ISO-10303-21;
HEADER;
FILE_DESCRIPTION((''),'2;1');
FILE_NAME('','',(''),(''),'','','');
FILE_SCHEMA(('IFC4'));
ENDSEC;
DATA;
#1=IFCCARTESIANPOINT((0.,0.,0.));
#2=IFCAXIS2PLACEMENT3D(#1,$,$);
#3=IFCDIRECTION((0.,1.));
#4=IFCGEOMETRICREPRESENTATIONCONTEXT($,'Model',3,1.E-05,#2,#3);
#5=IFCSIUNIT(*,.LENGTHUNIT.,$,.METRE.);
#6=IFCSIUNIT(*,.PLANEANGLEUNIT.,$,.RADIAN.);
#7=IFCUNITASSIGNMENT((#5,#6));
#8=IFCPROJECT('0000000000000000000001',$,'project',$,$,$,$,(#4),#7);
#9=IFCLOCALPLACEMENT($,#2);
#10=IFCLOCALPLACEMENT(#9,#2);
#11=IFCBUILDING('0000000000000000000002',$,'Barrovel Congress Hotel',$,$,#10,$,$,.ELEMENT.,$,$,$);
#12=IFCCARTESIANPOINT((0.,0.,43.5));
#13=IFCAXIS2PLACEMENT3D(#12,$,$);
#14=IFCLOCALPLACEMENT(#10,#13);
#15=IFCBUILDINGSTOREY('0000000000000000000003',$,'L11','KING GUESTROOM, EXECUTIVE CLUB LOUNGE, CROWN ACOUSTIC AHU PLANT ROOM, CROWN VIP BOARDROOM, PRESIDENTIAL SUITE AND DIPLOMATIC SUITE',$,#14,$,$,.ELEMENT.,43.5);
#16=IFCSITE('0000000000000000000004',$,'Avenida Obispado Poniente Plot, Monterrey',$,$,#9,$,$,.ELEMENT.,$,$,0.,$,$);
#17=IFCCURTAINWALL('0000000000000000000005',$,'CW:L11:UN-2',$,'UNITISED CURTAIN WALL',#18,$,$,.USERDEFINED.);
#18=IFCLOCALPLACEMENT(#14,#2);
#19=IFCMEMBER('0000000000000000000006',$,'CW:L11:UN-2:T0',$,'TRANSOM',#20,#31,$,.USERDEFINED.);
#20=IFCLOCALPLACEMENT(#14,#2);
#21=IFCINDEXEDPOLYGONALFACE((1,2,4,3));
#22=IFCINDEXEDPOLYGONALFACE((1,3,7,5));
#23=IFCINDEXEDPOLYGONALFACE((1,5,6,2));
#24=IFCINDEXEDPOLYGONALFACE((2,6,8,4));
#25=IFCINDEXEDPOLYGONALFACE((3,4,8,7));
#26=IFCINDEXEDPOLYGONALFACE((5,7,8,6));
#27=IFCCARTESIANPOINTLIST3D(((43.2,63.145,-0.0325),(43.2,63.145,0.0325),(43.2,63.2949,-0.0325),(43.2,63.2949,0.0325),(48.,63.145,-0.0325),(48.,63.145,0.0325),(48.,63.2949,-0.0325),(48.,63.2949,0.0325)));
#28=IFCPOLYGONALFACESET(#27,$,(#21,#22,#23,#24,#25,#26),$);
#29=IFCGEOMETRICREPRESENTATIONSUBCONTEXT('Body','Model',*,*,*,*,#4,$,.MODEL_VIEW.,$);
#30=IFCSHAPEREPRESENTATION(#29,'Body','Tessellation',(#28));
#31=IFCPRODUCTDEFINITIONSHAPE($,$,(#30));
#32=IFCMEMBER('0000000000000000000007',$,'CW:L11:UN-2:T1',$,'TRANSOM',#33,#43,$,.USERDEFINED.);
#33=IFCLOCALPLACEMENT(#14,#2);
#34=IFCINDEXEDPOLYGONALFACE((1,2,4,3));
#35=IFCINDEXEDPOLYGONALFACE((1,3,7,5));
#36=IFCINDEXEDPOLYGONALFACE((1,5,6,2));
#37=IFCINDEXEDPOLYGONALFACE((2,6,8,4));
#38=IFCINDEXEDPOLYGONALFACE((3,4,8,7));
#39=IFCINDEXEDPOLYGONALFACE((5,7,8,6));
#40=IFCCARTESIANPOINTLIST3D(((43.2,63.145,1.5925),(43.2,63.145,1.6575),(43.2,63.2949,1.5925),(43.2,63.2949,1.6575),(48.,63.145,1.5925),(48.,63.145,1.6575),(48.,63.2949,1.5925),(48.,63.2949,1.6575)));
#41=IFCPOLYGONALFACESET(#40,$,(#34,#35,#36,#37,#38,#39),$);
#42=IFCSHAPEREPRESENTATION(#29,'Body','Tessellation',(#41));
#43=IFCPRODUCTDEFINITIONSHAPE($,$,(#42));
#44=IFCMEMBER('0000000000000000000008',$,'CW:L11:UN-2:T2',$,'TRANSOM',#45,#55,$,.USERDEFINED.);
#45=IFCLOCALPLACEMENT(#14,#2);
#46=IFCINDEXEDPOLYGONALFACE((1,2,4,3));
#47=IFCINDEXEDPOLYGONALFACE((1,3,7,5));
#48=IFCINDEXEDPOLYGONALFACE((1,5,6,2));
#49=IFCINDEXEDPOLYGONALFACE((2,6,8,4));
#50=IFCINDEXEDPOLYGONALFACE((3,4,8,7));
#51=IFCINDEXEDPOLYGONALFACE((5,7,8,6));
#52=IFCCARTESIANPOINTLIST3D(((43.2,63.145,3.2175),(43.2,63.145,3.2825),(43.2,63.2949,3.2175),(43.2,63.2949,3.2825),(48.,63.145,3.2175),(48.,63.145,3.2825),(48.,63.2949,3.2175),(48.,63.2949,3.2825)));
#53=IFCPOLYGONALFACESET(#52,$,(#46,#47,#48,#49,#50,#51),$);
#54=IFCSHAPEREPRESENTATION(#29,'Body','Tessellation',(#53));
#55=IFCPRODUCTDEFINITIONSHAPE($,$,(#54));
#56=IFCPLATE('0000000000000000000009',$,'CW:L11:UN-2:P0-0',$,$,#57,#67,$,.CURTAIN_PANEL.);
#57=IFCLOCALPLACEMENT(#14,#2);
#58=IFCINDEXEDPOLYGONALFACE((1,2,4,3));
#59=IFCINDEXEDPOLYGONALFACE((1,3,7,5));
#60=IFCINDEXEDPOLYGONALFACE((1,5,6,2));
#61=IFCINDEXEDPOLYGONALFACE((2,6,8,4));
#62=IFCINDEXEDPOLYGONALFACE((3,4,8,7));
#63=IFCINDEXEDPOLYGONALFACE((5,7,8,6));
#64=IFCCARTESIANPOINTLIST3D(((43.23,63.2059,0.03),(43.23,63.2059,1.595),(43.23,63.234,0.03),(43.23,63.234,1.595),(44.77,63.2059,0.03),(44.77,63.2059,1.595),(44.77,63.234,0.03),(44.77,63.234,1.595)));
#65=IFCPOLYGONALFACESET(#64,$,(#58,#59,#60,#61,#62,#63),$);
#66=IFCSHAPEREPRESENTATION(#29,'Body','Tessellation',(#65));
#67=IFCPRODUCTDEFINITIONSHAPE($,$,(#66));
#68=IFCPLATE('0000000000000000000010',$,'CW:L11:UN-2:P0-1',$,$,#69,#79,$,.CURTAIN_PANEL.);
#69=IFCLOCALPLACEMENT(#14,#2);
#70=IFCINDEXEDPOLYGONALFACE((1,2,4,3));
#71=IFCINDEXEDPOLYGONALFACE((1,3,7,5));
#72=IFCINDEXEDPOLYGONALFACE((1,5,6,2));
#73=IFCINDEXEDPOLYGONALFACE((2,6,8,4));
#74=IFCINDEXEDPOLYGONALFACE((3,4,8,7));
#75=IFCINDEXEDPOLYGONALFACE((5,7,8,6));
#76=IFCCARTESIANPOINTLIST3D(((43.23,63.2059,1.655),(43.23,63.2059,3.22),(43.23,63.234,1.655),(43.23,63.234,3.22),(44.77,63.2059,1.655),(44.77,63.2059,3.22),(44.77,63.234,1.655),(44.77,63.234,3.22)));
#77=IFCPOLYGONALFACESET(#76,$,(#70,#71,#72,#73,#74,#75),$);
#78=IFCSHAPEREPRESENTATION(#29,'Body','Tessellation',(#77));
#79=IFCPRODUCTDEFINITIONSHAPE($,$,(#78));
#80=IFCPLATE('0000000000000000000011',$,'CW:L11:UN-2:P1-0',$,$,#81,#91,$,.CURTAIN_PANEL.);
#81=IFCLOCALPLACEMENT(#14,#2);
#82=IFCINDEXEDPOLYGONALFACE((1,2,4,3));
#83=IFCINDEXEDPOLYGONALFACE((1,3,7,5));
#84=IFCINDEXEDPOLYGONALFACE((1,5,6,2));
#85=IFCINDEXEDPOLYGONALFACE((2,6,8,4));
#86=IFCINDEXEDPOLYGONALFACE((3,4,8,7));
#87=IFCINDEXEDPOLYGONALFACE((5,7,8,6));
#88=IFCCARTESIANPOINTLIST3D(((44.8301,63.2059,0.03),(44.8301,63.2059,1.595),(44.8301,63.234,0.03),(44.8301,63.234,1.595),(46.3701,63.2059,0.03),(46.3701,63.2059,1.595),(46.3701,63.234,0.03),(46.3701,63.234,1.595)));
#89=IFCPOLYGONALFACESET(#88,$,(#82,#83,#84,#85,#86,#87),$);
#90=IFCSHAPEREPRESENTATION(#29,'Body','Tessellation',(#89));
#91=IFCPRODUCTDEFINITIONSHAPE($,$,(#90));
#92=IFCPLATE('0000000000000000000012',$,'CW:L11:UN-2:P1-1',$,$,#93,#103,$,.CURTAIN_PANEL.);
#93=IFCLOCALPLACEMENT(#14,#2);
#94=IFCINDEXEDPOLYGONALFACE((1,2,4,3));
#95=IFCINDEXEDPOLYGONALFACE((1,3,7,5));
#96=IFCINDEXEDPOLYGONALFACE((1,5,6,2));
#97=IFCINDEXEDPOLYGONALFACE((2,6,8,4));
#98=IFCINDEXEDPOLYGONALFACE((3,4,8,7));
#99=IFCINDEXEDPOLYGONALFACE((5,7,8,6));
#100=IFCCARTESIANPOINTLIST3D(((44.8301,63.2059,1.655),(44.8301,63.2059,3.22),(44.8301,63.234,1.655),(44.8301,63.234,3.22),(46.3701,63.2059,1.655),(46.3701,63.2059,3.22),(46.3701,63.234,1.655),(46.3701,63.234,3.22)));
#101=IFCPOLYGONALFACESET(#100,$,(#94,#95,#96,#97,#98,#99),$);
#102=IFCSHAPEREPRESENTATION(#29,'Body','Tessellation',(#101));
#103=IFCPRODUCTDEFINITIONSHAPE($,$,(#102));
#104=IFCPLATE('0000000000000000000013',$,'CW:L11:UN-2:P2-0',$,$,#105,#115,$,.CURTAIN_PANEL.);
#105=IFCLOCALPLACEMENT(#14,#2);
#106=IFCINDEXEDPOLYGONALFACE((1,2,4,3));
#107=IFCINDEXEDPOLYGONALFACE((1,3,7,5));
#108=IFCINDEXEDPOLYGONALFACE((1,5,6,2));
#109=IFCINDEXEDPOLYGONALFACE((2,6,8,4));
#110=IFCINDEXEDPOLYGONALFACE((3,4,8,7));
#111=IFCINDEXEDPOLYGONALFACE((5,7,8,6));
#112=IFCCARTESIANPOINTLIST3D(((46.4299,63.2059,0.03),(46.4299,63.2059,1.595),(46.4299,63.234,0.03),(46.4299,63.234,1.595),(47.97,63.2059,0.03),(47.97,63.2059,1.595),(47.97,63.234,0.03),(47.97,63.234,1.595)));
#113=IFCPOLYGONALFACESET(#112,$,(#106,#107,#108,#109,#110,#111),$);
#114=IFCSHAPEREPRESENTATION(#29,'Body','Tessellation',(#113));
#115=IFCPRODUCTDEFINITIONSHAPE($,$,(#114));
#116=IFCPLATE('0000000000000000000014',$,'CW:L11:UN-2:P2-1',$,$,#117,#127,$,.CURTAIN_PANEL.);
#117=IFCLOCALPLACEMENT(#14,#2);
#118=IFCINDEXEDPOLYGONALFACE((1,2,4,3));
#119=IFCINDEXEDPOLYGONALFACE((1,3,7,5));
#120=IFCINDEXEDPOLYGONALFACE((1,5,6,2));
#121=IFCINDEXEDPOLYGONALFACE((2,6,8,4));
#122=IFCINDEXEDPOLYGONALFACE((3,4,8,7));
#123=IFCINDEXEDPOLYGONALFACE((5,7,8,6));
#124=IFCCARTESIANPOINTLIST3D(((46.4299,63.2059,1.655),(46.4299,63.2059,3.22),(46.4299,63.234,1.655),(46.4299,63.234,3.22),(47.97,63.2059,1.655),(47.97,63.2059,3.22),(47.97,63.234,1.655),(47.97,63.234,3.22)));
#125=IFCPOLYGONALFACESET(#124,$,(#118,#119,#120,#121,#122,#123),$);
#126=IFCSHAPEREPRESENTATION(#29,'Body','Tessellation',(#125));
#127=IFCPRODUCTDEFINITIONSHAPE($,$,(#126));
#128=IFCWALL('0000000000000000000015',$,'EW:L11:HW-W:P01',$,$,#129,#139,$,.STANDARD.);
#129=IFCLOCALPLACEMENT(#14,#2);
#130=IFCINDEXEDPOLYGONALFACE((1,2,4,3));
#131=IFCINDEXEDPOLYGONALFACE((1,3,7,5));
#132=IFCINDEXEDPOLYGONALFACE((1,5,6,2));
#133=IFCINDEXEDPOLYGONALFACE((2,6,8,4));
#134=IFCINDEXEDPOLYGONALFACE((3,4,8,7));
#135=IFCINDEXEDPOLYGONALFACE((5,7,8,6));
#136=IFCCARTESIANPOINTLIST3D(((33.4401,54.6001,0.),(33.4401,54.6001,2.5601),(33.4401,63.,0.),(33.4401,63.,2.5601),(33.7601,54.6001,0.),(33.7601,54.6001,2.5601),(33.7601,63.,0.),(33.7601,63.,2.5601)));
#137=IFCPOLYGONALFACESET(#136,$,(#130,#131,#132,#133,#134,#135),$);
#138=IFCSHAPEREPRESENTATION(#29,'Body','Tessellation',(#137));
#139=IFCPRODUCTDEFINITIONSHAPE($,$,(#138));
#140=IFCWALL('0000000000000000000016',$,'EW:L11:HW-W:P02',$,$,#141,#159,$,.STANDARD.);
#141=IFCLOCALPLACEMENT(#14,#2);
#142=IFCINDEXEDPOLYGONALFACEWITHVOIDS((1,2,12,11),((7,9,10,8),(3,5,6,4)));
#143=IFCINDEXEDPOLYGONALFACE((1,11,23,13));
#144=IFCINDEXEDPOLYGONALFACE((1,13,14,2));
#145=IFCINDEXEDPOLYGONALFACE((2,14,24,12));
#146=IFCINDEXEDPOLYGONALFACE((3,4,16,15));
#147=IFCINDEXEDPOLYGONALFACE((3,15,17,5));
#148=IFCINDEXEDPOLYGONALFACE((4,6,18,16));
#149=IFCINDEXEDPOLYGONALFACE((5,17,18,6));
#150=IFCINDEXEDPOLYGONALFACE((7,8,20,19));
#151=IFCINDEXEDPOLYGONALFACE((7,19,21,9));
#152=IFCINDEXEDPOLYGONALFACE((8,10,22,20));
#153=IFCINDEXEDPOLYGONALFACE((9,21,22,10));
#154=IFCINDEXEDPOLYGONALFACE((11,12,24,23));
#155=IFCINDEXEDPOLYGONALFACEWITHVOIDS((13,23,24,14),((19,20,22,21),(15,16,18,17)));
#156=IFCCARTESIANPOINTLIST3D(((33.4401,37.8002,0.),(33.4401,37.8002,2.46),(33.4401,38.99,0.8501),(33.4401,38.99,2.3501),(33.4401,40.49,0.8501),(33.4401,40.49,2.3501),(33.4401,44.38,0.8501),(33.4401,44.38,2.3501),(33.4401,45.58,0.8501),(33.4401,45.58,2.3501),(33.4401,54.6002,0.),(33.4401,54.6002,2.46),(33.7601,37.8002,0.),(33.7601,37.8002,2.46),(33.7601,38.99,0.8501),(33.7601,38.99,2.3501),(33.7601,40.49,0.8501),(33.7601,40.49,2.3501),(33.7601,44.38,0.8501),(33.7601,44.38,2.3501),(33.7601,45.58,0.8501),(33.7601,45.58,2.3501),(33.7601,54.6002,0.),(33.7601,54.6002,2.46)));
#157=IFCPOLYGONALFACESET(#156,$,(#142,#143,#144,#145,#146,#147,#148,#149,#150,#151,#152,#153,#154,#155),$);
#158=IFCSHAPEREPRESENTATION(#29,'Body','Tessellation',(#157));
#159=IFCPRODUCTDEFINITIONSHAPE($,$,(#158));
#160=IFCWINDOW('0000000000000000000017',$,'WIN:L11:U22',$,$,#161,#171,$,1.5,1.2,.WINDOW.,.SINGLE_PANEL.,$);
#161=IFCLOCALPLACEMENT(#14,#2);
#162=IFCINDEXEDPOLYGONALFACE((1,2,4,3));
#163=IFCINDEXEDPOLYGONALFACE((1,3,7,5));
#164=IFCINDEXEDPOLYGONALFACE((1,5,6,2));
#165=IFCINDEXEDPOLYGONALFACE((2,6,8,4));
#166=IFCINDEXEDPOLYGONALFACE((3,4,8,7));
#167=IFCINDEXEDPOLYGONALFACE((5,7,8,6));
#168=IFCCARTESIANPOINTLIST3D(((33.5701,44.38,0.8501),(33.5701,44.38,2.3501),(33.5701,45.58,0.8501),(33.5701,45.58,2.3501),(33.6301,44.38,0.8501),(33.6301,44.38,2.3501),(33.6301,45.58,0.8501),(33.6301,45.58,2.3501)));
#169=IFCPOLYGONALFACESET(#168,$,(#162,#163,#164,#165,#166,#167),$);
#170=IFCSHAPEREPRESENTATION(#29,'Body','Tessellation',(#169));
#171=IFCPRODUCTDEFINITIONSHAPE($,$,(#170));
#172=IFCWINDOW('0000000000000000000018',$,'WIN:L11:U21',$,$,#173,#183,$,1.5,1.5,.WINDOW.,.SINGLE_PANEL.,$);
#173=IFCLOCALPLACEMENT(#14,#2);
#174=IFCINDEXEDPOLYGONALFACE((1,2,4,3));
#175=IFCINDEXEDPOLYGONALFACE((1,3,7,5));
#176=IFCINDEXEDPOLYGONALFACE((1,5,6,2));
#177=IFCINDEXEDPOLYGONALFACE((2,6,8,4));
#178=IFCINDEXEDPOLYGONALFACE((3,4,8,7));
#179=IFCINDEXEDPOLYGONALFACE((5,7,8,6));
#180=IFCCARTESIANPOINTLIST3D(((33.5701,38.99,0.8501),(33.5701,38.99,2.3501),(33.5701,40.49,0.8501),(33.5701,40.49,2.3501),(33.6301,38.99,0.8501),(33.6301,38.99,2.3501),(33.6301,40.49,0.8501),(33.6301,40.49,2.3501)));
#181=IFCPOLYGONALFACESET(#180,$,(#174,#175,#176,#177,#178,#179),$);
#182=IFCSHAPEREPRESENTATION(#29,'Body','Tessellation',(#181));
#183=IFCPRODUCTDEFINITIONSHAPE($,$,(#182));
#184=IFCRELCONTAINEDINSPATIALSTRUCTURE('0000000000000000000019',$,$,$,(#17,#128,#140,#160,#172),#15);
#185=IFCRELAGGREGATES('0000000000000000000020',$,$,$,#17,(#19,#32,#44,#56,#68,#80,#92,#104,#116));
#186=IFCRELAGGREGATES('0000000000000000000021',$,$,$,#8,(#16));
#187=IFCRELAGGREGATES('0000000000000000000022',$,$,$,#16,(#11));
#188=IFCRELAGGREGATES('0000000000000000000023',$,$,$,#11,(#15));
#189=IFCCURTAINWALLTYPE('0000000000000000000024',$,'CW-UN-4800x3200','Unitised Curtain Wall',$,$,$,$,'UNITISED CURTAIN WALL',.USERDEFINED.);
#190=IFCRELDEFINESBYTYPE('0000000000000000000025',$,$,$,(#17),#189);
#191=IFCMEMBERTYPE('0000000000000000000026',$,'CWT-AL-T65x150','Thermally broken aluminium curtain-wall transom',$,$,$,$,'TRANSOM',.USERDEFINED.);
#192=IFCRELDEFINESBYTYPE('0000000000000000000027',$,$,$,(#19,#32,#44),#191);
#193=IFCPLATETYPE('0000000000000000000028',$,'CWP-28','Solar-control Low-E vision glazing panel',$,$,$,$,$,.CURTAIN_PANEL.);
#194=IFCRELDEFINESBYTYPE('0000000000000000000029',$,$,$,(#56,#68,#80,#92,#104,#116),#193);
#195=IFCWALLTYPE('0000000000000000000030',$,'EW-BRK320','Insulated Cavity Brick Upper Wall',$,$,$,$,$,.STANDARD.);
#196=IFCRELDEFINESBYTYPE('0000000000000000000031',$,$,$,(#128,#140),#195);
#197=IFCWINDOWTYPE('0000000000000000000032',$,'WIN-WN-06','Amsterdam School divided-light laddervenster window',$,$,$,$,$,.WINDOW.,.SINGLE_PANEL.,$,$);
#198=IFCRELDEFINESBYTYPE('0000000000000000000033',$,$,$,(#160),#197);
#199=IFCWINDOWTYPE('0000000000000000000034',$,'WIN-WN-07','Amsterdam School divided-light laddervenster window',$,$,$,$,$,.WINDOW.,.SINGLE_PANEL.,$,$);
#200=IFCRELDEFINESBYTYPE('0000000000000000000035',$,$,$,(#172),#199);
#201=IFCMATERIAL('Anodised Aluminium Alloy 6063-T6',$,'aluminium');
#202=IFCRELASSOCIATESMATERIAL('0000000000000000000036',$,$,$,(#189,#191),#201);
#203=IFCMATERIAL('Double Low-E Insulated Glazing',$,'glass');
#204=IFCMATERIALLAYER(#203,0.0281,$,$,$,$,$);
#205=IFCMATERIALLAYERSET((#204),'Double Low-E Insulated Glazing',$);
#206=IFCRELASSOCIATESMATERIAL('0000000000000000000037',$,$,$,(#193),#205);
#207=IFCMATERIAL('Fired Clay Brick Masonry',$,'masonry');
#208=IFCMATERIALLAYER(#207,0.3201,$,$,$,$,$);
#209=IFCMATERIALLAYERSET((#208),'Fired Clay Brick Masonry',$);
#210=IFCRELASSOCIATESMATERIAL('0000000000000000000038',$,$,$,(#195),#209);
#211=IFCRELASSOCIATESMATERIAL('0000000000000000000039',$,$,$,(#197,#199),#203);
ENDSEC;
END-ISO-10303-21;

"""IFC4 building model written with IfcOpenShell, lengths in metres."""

from ifc_helpers import new_model, si_unit, direction, frame, frame_2d, origin, origin_2d, place, context, subcontext, project, spatial, rectangle, extrude, material, layer, layer_set, material_profile, profile_set, type_object, element, fill, aggregate, save


model = new_model("IFC4")

# Units and contexts
model_context = context("Model", 3, precision=1e-05, world=origin(), true_north=direction((0.0, 1.0)))
body_context = subcontext(model_context, "Body", "Model", "MODEL_VIEW")
ifc_project = project(units=[si_unit("LENGTHUNIT", "METRE"), si_unit("PLANEANGLEUNIT", "RADIAN")], contexts=[model_context])

# Site, building, storey
site_placement = place(None, origin())
site = spatial("IfcSite", under=ifc_project, at=site_placement, Name="Avenida Obispado Poniente Plot, Monterrey", CompositionType="ELEMENT", RefElevation=0.0)
building_placement = place(site_placement, origin())
building = spatial("IfcBuilding", under=site, at=building_placement, Name="Barrovel Congress Hotel", CompositionType="ELEMENT")
storey_placement = place(building_placement, frame((0.0, 0.0, 43.5)))
storey = spatial("IfcBuildingStorey", under=building, at=storey_placement, Name="L11", Description="KING GUESTROOM, EXECUTIVE CLUB LOUNGE, CROWN ACOUSTIC AHU PLANT ROOM, CROWN VIP BOARDROOM, PRESIDENTIAL SUITE AND DIPLOMATIC SUITE", CompositionType="ELEMENT", Elevation=43.5)

# Curtain wall, members, plates
ifc_material_1 = material(Name="Anodised Aluminium Alloy 6063-T6", Category="aluminium")
curtain_wall_type = type_object("IfcCurtainWallType", Name="CW-UN-4800x3200", Description="Unitised Curtain Wall", ElementType="UNITISED CURTAIN WALL", PredefinedType="USERDEFINED", material=ifc_material_1)
curtain_wall_placement = place(storey_placement, origin())
curtain_wall = element("IfcCurtainWall", 1, at=curtain_wall_placement, inside=storey, type_object=curtain_wall_type, Name="CW:L11:UN-2", ObjectType="UNITISED CURTAIN WALL", PredefinedType="USERDEFINED")
ifc_material_profile_1 = material_profile(ifc_material_1, rectangle(XDim=0.1499, YDim=0.0649, at=origin_2d()), Name="AL-T65x150")
ifc_profile_set_1 = profile_set([ifc_material_profile_1], Name="Anodised Aluminium Alloy 6063-T6")
member_type_1 = type_object("IfcMemberType", Name="CWT-AL-T65x150", Description="Thermally broken aluminium curtain-wall transom", ElementType="TRANSOM", PredefinedType="USERDEFINED", material=ifc_profile_set_1)
member_1_placement = place(storey_placement, frame((43.2, 63.22, 0.0), z_axis=(1.0, 0.0, 0.0), x_axis=(0.0, 1.0, 0.0)))
member_1 = element("IfcMember", 2, at=member_1_placement, type_object=member_type_1, Name="CW:L11:UN-2:T0", ObjectType="TRANSOM", PredefinedType="USERDEFINED", context=body_context, shape_type="SweptSolid", body=[
    extrude(rectangle(XDim=0.1499, YDim=0.0649, at=origin_2d()), origin(), (0.0, 0.0, 1.0), 4.8),
])
member_2_placement = place(storey_placement, frame((43.2, 63.22, 1.625), z_axis=(1.0, 0.0, 0.0), x_axis=(0.0, 1.0, 0.0)))
member_2 = element("IfcMember", 3, at=member_2_placement, type_object=member_type_1, Name="CW:L11:UN-2:T1", ObjectType="TRANSOM", PredefinedType="USERDEFINED", context=body_context, shape_type="SweptSolid", body=[
    extrude(rectangle(XDim=0.1499, YDim=0.0649, at=origin_2d()), origin(), (0.0, 0.0, 1.0), 4.8),
])
member_3_placement = place(storey_placement, frame((43.2, 63.22, 3.25), z_axis=(1.0, 0.0, 0.0), x_axis=(0.0, 1.0, 0.0)))
member_3 = element("IfcMember", 4, at=member_3_placement, type_object=member_type_1, Name="CW:L11:UN-2:T2", ObjectType="TRANSOM", PredefinedType="USERDEFINED", context=body_context, shape_type="SweptSolid", body=[
    extrude(rectangle(XDim=0.1499, YDim=0.0649, at=origin_2d()), origin(), (0.0, 0.0, 1.0), 4.8),
])
ifc_material_2 = material(Name="Double Low-E Insulated Glazing", Category="glass")
ifc_layer_1 = layer(ifc_material_2, 0.0281)
ifc_layer_set_1 = layer_set([ifc_layer_1], Name="Double Low-E Insulated Glazing")
plate_type = type_object("IfcPlateType", Name="CWP-28", Description="Solar-control Low-E vision glazing panel", PredefinedType="CURTAIN_PANEL", material=ifc_layer_set_1)
plate_1_placement = place(storey_placement, frame((44.0, 63.22, 0.03), z_axis=(0.0, 0.0, 1.0), x_axis=(1.0, 0.0, 0.0)))
plate_1 = element("IfcPlate", 5, at=plate_1_placement, type_object=plate_type, Name="CW:L11:UN-2:P0-0", PredefinedType="CURTAIN_PANEL", context=body_context, shape_type="SweptSolid", body=[
    extrude(rectangle(XDim=1.54, YDim=0.0281, at=origin_2d()), origin(), (0.0, 0.0, 1.0), 1.5649),
])
plate_2_placement = place(storey_placement, frame((44.0, 63.22, 1.655), z_axis=(0.0, 0.0, 1.0), x_axis=(1.0, 0.0, 0.0)))
plate_2 = element("IfcPlate", 6, at=plate_2_placement, type_object=plate_type, Name="CW:L11:UN-2:P0-1", PredefinedType="CURTAIN_PANEL", context=body_context, shape_type="SweptSolid", body=[
    extrude(rectangle(XDim=1.54, YDim=0.0281, at=origin_2d()), origin(), (0.0, 0.0, 1.0), 1.5649),
])
plate_3_placement = place(storey_placement, frame((45.6001, 63.22, 0.03), z_axis=(0.0, 0.0, 1.0), x_axis=(1.0, 0.0, 0.0)))
plate_3 = element("IfcPlate", 7, at=plate_3_placement, type_object=plate_type, Name="CW:L11:UN-2:P1-0", PredefinedType="CURTAIN_PANEL", context=body_context, shape_type="SweptSolid", body=[
    extrude(rectangle(XDim=1.54, YDim=0.0281, at=origin_2d()), origin(), (0.0, 0.0, 1.0), 1.5649),
])
plate_4_placement = place(storey_placement, frame((45.6001, 63.22, 1.655), z_axis=(0.0, 0.0, 1.0), x_axis=(1.0, 0.0, 0.0)))
plate_4 = element("IfcPlate", 8, at=plate_4_placement, type_object=plate_type, Name="CW:L11:UN-2:P1-1", PredefinedType="CURTAIN_PANEL", context=body_context, shape_type="SweptSolid", body=[
    extrude(rectangle(XDim=1.54, YDim=0.0281, at=origin_2d()), origin(), (0.0, 0.0, 1.0), 1.5649),
])
plate_5_placement = place(storey_placement, frame((47.2, 63.22, 0.03), z_axis=(0.0, 0.0, 1.0), x_axis=(1.0, 0.0, 0.0)))
plate_5 = element("IfcPlate", 9, at=plate_5_placement, type_object=plate_type, Name="CW:L11:UN-2:P2-0", PredefinedType="CURTAIN_PANEL", context=body_context, shape_type="SweptSolid", body=[
    extrude(rectangle(XDim=1.54, YDim=0.0281, at=origin_2d()), origin(), (0.0, 0.0, 1.0), 1.5649),
])
plate_6_placement = place(storey_placement, frame((47.2, 63.22, 1.655), z_axis=(0.0, 0.0, 1.0), x_axis=(1.0, 0.0, 0.0)))
plate_6 = element("IfcPlate", 10, at=plate_6_placement, type_object=plate_type, Name="CW:L11:UN-2:P2-1", PredefinedType="CURTAIN_PANEL", context=body_context, shape_type="SweptSolid", body=[
    extrude(rectangle(XDim=1.54, YDim=0.0281, at=origin_2d()), origin(), (0.0, 0.0, 1.0), 1.5649),
])
aggregate(curtain_wall, [member_1, member_2, member_3, plate_1, plate_2, plate_3, plate_4, plate_5, plate_6])

# Wall
ifc_material_3 = material(Name="Fired Clay Brick Masonry", Category="masonry")
ifc_layer_2 = layer(ifc_material_3, 0.3201)
ifc_layer_set_2 = layer_set([ifc_layer_2], Name="Fired Clay Brick Masonry")
wall_type_1 = type_object("IfcWallType", Name="EW-BRK320", Description="Insulated Cavity Brick Upper Wall", PredefinedType="STANDARD", material=ifc_layer_set_2)
wall_1_placement = place(storey_placement, frame((33.6001, 63.0, 0.0), z_axis=(0.0, 0.0, 1.0), x_axis=(0.0, -1.0, 0.0)))
element("IfcWall", 11, at=wall_1_placement, inside=storey, type_object=wall_type_1, Name="EW:L11:HW-W:P01", PredefinedType="STANDARD", context=body_context, shape_type="SweptSolid", body=[
    extrude(rectangle(XDim=8.3999, YDim=0.3201, at=frame_2d((4.2, 0.0))), origin(), (0.0, 0.0, 1.0), 2.5601),
])

# Wall, openings, windows
wall_2_placement = place(storey_placement, frame((33.6001, 54.6001, 0.0), z_axis=(0.0, 0.0, 1.0), x_axis=(0.0, -1.0, 0.0)))
wall_2 = element("IfcWall", 12, at=wall_2_placement, inside=storey, type_object=wall_type_1, Name="EW:L11:HW-W:P02", PredefinedType="STANDARD", context=body_context, shape_type="SweptSolid", body=[
    extrude(rectangle(XDim=16.8, YDim=0.3201, at=frame_2d((8.3999, 0.0))), origin(), (0.0, 0.0, 1.0), 2.46),
])
opening_1_placement = place(wall_2_placement, frame((14.1101, 0.0, 0.8501)))
opening_1 = element("IfcOpeningElement", 13, at=opening_1_placement, cuts=wall_2, PredefinedType="OPENING", context=body_context, shape_type="SweptSolid", body=[
    extrude(rectangle(XDim=1.5, YDim=1.5, at=frame_2d((0.75, 0.75))), frame((0.0, 0.1699, 0.0), z_axis=(0.0, -1.0, 0.0), x_axis=(1.0, 0.0, 0.0)), (0.0, 0.0, 1.0), 0.3401),
])
opening_2_placement = place(wall_2_placement, frame((9.02, 0.0, 0.8501)))
opening_2 = element("IfcOpeningElement", 14, at=opening_2_placement, cuts=wall_2, PredefinedType="OPENING", context=body_context, shape_type="SweptSolid", body=[
    extrude(rectangle(XDim=1.2, YDim=1.5, at=frame_2d((0.6001, 0.75))), frame((0.0, 0.1699, 0.0), z_axis=(0.0, -1.0, 0.0), x_axis=(1.0, 0.0, 0.0)), (0.0, 0.0, 1.0), 0.3401),
])
window_type_1 = type_object("IfcWindowType", Name="WIN-WN-06", Description="Amsterdam School divided-light laddervenster window", PartitioningType="SINGLE_PANEL", PredefinedType="WINDOW", material=ifc_material_2)
window_1_placement = place(opening_2_placement, origin())
window_1 = element("IfcWindow", 15, at=window_1_placement, inside=storey, type_object=window_type_1, Name="WIN:L11:U22", OverallHeight=1.5, OverallWidth=1.2, PartitioningType="SINGLE_PANEL", PredefinedType="WINDOW", context=body_context, shape_type="SweptSolid", body=[
    extrude(rectangle(XDim=1.2, YDim=1.5, at=frame_2d((0.6001, 0.75))), frame((0.0, 0.03, 0.0), z_axis=(0.0, -1.0, 0.0), x_axis=(1.0, 0.0, 0.0)), (0.0, 0.0, 1.0), 0.0601),
])
fill(opening_2, window_1)
window_type_2 = type_object("IfcWindowType", Name="WIN-WN-07", Description="Amsterdam School divided-light laddervenster window", PartitioningType="SINGLE_PANEL", PredefinedType="WINDOW", material=ifc_material_2)
window_2_placement = place(opening_1_placement, origin())
window_2 = element("IfcWindow", 16, at=window_2_placement, inside=storey, type_object=window_type_2, Name="WIN:L11:U21", OverallHeight=1.5, OverallWidth=1.5, PartitioningType="SINGLE_PANEL", PredefinedType="WINDOW", context=body_context, shape_type="SweptSolid", body=[
    extrude(rectangle(XDim=1.5, YDim=1.5, at=frame_2d((0.75, 0.75))), frame((0.0, 0.03, 0.0), z_axis=(0.0, -1.0, 0.0), x_axis=(1.0, 0.0, 0.0)), (0.0, 0.0, 1.0), 0.0601),
])
fill(opening_1, window_2)

save(model, "model.ifc")
